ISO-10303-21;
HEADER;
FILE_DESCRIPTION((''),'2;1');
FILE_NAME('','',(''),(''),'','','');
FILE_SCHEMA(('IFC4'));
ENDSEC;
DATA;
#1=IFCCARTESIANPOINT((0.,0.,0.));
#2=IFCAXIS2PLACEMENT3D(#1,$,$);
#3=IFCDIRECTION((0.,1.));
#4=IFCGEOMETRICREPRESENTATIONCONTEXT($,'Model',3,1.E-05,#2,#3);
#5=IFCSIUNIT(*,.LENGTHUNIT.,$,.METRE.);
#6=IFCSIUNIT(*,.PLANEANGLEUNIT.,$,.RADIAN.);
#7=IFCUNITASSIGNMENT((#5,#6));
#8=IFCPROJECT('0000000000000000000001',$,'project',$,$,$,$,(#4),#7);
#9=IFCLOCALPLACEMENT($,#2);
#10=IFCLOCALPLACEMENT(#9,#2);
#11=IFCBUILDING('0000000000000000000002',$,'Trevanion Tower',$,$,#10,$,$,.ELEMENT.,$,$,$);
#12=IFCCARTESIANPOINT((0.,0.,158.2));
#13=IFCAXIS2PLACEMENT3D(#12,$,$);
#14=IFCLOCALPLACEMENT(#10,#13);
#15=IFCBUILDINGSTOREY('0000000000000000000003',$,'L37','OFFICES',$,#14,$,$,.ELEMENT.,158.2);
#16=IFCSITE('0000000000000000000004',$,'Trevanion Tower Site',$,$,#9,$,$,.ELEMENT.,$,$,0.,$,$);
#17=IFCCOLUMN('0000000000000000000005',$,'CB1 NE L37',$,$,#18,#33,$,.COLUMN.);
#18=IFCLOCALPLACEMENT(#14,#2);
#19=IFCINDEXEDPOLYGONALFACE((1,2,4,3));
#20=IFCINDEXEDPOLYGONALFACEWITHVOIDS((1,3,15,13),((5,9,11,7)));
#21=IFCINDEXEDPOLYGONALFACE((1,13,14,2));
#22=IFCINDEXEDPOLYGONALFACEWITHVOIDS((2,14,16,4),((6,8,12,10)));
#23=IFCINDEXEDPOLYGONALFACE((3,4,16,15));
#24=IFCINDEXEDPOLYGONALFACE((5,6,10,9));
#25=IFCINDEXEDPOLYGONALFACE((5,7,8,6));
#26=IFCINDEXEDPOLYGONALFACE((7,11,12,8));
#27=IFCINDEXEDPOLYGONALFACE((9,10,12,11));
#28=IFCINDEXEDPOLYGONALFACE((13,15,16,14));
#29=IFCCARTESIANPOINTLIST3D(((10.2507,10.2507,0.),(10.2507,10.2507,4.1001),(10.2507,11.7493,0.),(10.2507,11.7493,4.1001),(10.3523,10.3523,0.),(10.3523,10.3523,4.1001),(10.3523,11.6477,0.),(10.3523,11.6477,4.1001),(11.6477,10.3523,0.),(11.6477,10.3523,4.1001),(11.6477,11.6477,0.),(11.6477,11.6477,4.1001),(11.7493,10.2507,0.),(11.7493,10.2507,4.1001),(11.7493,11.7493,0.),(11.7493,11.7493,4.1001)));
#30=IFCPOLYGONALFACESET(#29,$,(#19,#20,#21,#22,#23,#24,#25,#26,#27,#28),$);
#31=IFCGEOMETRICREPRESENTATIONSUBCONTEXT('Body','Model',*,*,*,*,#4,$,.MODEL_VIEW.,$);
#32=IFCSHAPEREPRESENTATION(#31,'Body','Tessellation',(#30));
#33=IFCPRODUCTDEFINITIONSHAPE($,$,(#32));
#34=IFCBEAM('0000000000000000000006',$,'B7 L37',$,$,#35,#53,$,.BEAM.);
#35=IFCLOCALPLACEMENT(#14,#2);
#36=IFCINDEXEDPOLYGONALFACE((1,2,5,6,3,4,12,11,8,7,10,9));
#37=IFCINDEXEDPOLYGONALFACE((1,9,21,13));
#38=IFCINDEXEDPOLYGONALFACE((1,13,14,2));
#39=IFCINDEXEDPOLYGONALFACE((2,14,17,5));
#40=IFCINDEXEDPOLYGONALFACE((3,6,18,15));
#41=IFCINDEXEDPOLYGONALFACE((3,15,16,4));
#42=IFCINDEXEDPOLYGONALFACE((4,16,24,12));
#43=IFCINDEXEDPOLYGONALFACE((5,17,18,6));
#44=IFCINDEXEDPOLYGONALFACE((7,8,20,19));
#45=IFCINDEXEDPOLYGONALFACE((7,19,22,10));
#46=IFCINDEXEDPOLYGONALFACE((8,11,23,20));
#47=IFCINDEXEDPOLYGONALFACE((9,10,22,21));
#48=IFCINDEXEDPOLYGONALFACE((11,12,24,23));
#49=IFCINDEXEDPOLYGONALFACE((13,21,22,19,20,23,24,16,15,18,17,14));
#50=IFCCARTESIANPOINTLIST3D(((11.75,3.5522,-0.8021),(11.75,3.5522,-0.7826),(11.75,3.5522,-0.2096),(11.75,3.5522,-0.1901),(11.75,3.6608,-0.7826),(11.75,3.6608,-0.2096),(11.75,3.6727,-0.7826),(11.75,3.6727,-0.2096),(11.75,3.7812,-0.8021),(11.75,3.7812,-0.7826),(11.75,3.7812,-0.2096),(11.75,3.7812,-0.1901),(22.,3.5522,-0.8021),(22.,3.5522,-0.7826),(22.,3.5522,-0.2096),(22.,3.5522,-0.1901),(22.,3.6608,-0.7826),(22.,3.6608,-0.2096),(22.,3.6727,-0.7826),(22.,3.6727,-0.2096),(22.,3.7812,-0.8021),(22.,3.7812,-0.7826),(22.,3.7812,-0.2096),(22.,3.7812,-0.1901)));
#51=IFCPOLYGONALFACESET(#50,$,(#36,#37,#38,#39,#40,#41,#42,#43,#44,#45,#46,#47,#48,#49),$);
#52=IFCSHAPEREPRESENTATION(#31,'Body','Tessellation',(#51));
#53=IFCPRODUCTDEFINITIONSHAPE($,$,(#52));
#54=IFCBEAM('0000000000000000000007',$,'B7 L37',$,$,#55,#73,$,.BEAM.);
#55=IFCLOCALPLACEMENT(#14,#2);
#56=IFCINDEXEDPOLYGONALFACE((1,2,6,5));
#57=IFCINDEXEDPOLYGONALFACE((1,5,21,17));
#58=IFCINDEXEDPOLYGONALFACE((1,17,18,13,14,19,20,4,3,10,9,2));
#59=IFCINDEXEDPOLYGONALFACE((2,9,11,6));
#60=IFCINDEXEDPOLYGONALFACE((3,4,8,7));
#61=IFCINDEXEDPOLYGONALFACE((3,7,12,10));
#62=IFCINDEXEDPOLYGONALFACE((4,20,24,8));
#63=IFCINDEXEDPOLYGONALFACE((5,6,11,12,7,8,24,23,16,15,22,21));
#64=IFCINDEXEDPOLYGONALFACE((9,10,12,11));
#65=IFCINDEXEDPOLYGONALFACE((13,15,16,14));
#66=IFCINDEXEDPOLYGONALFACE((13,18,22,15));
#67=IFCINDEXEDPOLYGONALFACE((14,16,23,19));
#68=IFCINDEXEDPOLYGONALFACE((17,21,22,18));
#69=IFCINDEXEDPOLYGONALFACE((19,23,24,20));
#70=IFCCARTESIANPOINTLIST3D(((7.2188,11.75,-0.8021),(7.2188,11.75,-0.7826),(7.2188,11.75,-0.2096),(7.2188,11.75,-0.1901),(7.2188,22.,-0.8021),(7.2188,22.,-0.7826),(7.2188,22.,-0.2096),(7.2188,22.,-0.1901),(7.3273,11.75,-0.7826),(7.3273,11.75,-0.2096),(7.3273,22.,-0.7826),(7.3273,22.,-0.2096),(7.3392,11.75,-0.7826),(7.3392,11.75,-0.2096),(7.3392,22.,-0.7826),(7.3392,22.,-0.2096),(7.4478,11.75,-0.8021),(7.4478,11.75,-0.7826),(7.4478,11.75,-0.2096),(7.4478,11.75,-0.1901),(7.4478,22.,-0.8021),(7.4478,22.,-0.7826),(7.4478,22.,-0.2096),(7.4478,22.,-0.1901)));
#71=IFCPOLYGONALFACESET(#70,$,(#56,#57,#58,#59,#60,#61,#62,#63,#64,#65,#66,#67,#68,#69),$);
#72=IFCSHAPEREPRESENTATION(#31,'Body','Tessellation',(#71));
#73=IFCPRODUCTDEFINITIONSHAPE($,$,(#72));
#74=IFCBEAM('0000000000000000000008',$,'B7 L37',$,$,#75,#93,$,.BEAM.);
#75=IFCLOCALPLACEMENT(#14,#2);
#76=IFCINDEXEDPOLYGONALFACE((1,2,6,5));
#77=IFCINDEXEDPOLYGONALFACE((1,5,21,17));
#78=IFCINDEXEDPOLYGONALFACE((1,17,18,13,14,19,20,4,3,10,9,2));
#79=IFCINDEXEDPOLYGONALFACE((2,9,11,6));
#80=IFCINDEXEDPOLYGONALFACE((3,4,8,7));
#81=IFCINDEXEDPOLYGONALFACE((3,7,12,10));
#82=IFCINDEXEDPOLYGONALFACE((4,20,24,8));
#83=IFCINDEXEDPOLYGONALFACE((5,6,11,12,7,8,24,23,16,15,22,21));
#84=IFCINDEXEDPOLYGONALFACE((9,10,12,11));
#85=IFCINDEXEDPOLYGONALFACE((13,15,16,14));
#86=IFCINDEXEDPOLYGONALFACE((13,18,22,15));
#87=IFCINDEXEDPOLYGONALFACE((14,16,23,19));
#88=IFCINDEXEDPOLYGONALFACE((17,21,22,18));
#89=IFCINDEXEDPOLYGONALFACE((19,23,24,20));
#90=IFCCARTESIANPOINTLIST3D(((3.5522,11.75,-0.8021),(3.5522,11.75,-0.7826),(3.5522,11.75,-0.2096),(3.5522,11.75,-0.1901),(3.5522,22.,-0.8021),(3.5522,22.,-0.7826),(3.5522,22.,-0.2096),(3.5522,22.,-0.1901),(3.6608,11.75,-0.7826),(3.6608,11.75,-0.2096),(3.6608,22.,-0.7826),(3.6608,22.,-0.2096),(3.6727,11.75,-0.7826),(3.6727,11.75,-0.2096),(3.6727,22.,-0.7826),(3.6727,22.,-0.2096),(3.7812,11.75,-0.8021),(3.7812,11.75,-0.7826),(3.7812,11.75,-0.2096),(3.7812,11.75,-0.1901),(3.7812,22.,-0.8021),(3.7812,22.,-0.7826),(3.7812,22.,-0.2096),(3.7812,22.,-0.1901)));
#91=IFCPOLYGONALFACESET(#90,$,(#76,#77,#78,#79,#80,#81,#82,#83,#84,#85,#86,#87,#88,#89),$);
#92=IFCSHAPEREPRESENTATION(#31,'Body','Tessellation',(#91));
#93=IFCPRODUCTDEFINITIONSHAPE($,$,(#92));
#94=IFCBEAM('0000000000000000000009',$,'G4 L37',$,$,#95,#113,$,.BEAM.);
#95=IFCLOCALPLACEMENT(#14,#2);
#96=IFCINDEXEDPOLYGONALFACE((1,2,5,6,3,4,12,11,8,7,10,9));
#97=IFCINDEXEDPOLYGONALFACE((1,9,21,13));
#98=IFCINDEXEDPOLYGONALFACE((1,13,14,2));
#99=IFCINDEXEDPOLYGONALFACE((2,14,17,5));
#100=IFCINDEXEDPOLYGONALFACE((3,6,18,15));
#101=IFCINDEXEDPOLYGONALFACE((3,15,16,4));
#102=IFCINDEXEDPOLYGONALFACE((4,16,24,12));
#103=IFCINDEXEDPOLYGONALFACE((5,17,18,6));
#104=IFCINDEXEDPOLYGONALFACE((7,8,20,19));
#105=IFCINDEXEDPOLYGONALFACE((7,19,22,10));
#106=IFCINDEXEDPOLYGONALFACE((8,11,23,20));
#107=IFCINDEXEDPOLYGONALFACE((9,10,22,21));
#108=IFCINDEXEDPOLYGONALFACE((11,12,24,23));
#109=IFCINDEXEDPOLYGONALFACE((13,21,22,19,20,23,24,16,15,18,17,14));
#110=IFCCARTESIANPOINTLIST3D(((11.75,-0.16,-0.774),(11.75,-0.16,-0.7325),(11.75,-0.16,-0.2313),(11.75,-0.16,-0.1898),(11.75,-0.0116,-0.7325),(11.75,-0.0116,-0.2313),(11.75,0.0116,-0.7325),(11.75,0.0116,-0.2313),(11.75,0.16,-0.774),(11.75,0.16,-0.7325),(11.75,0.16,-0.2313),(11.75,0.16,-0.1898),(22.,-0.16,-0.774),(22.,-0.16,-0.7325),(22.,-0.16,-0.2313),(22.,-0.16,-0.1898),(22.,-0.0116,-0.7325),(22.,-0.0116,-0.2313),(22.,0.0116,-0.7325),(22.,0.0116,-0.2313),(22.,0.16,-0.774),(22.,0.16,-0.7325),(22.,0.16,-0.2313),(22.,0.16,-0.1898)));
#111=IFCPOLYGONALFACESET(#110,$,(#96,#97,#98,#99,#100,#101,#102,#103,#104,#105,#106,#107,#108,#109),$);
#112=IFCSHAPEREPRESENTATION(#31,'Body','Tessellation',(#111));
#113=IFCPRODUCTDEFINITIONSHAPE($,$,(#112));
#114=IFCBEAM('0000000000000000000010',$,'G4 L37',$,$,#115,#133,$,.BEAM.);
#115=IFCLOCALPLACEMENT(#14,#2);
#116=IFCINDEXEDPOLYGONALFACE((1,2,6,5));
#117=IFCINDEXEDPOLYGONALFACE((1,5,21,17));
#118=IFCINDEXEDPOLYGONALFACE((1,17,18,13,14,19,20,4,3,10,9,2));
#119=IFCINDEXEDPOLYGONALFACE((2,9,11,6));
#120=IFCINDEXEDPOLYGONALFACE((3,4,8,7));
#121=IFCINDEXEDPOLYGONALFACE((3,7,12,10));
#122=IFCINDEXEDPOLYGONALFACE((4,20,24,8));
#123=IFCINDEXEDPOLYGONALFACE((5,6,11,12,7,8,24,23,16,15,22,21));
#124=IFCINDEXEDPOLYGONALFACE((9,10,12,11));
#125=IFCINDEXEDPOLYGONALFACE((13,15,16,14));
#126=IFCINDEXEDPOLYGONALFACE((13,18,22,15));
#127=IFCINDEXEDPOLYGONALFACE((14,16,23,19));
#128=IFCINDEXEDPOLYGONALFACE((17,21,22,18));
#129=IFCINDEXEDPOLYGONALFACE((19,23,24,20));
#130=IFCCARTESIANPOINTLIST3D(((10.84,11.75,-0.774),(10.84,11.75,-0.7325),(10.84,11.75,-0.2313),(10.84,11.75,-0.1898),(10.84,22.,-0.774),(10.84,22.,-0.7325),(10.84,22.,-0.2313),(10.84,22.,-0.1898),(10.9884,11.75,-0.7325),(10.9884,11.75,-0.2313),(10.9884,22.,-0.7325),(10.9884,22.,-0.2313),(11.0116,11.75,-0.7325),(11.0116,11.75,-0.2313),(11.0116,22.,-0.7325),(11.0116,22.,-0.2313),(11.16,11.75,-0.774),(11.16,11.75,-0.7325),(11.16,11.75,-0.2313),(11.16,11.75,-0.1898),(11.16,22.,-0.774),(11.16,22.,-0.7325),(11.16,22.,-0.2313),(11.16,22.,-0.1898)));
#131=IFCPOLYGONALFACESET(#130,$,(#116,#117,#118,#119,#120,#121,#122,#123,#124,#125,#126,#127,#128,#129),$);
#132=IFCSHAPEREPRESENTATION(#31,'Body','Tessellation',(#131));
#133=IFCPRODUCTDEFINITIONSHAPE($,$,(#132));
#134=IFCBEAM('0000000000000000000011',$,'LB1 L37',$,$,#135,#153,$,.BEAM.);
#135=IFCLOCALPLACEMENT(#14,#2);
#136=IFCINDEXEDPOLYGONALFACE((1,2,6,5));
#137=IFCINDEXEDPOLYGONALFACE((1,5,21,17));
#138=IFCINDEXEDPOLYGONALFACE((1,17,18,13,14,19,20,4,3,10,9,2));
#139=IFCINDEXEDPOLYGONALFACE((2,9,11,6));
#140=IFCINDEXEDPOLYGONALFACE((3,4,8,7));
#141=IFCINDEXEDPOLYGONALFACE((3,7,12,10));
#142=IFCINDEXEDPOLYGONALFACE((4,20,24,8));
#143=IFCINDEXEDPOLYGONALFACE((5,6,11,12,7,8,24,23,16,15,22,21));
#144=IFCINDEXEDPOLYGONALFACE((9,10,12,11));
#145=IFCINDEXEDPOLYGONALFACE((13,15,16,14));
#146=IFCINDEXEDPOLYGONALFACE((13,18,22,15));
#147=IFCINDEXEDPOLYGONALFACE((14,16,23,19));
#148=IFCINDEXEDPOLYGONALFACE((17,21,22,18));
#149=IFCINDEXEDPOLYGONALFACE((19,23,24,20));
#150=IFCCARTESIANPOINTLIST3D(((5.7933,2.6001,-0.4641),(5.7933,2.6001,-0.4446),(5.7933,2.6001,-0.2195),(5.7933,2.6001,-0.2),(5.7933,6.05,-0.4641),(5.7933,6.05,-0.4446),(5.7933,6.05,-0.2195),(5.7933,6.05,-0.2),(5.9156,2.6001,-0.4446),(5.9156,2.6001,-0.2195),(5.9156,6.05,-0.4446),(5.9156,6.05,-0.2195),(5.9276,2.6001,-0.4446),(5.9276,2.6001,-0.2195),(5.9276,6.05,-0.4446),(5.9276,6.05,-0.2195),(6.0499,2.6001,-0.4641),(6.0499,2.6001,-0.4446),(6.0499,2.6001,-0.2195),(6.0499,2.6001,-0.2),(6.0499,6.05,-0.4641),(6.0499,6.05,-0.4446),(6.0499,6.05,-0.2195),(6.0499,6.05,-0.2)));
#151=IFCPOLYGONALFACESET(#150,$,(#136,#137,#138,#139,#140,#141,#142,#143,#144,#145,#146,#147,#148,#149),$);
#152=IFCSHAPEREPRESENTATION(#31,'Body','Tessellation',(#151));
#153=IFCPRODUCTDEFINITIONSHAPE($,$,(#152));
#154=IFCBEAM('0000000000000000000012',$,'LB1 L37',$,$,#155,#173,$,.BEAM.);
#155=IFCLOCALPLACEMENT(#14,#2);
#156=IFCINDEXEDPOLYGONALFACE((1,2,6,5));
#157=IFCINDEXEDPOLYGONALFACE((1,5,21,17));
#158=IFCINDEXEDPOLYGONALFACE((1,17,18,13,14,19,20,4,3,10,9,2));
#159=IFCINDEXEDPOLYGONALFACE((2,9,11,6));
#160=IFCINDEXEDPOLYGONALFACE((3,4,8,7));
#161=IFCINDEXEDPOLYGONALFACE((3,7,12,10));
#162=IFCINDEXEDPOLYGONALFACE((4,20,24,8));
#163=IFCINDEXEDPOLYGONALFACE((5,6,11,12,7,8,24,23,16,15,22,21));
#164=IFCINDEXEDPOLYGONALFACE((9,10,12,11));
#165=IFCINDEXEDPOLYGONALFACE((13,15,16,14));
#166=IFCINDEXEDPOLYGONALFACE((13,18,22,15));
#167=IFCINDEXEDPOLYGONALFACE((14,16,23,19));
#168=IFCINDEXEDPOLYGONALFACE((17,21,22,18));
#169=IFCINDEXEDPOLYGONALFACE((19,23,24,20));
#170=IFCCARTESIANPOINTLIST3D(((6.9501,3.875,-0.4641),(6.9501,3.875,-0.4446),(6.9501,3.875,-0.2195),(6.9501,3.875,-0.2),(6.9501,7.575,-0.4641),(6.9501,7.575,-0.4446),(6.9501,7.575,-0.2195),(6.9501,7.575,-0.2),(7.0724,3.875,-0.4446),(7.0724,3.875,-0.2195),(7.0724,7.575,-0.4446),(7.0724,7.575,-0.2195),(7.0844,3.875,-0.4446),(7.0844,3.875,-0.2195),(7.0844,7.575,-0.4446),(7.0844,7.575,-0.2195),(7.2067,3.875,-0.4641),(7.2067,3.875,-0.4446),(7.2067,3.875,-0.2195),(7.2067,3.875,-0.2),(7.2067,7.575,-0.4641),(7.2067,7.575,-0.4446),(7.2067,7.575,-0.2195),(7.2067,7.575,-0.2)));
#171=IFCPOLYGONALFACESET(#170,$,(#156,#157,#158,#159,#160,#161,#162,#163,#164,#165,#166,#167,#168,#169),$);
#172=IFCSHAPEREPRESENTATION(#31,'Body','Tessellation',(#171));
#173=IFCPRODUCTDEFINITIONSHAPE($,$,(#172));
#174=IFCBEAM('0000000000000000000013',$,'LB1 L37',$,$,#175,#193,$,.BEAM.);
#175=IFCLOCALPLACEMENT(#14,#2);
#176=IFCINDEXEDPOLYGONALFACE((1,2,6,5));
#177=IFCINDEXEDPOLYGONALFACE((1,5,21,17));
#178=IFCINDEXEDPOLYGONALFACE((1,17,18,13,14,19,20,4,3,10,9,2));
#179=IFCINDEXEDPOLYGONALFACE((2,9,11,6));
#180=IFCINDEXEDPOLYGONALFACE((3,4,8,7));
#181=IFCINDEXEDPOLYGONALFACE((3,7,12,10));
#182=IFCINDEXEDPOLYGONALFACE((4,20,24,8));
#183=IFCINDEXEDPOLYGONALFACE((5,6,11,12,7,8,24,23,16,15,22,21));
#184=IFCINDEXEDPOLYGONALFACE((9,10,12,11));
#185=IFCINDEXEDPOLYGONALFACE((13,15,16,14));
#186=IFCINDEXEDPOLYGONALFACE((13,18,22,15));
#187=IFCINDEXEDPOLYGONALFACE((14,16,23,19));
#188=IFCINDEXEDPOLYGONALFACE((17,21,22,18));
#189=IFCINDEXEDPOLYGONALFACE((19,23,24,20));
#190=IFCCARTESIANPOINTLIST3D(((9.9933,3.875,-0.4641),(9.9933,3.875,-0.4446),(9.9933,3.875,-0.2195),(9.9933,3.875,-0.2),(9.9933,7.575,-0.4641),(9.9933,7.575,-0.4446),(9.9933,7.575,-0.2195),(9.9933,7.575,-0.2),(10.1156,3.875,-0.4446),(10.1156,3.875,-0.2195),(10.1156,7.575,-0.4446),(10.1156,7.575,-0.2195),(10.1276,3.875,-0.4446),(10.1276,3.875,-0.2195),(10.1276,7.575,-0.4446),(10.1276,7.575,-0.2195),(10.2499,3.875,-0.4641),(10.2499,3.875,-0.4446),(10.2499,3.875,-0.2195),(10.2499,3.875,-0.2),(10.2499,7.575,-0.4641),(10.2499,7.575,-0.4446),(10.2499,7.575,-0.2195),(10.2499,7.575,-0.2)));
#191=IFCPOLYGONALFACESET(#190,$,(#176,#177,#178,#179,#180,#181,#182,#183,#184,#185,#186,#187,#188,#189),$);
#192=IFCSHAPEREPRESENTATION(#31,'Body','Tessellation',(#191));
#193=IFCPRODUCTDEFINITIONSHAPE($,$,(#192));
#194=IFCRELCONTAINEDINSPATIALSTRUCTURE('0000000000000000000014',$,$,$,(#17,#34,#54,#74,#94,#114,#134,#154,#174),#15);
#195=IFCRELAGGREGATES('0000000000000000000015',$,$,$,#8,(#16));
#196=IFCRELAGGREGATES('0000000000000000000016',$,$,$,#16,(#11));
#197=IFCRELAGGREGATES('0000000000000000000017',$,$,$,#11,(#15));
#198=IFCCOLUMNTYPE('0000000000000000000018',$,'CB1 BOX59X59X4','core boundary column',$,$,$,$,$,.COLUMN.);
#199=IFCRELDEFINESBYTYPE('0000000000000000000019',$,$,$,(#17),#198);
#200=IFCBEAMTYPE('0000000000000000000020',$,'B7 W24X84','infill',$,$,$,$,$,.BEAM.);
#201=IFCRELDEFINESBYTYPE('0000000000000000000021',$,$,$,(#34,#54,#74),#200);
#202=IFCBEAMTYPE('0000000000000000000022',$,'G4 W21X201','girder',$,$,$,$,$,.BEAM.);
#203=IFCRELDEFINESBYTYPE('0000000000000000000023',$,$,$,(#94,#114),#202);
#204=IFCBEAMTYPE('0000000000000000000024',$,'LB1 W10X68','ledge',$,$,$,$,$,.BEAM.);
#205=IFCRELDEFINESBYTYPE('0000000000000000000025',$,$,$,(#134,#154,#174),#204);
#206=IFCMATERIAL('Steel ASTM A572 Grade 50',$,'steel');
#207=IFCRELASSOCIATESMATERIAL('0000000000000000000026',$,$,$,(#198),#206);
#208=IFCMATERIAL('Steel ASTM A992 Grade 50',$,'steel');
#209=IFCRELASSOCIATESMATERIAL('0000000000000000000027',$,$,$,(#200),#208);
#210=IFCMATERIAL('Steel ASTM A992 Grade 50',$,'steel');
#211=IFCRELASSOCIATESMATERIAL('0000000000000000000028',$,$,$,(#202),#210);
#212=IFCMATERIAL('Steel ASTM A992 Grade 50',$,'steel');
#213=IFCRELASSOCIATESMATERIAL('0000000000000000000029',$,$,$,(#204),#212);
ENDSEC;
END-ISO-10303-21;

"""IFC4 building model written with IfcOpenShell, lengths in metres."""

from ifc_helpers import new_model, si_unit, direction, frame, origin, origin_2d, place, context, subcontext, project, spatial, hollow_rectangle, i_section, extrude, material, material_profile, profile_set, type_object, element, save


model = new_model("IFC4")

# Units and contexts
model_context = context("Model", 3, precision=1e-05, world=origin(), true_north=direction((0.0, 1.0)))
body_context = subcontext(model_context, "Body", "Model", "MODEL_VIEW")
ifc_project = project(units=[si_unit("LENGTHUNIT", "METRE"), si_unit("PLANEANGLEUNIT", "RADIAN")], contexts=[model_context])

# Site, building, storey
site_placement = place(None, origin())
site = spatial("IfcSite", under=ifc_project, at=site_placement, Name="Trevanion Tower Site", CompositionType="ELEMENT", RefElevation=0.0)
building_placement = place(site_placement, origin())
building = spatial("IfcBuilding", under=site, at=building_placement, Name="Trevanion Tower", CompositionType="ELEMENT")
storey_placement = place(building_placement, frame((0.0, 0.0, 158.2)))
storey = spatial("IfcBuildingStorey", under=building, at=storey_placement, Name="L37", Description="OFFICES", CompositionType="ELEMENT", Elevation=158.2)

# Column
ifc_material_1 = material(Name="Steel ASTM A572 Grade 50", Category="steel")
ifc_material_profile_1 = material_profile(ifc_material_1, hollow_rectangle(XDim=1.4985, YDim=1.4985, WallThickness=0.1016, at=origin_2d()), Name="BOX59X59X4")
ifc_profile_set_1 = profile_set([ifc_material_profile_1], Name="Steel ASTM A572 Grade 50")
column_type = type_object("IfcColumnType", Name="CB1 BOX59X59X4", Description="core boundary column", PredefinedType="COLUMN", material=ifc_profile_set_1)
column_placement = place(storey_placement, frame((11.0, 11.0, 0.0), z_axis=(0.0, 0.0, 1.0), x_axis=(1.0, 0.0, 0.0)))
element("IfcColumn", 1, at=column_placement, inside=storey, type_object=column_type, Name="CB1 NE L37", PredefinedType="COLUMN", context=body_context, shape_type="SweptSolid", body=[
    extrude(hollow_rectangle(XDim=1.4985, YDim=1.4985, WallThickness=0.1016, at=origin_2d()), origin(), (0.0, 0.0, 1.0), 4.1001),
])

# Beams
ifc_material_2 = material(Name="Steel ASTM A992 Grade 50", Category="steel")
ifc_material_profile_2 = material_profile(ifc_material_2, i_section(OverallWidth=0.229, OverallDepth=0.6121, WebThickness=0.012, FlangeThickness=0.0195, at=origin_2d()), Name="W24X84")
ifc_profile_set_2 = profile_set([ifc_material_profile_2], Name="Steel ASTM A992 Grade 50")
beam_type_1 = type_object("IfcBeamType", Name="B7 W24X84", Description="infill", PredefinedType="BEAM", material=ifc_profile_set_2)
for number, where, z_axis, x_axis, name in (
    (2, (11.75, 3.6667, -0.4961), (1.0, 0.0, 0.0), (0.0, 1.0, 0.0), "B7 L37"),
    (3, (7.3333, 11.75, -0.4961), (0.0, 1.0, 0.0), (-1.0, 0.0, 0.0), "B7 L37"),
    (4, (3.6667, 11.75, -0.4961), (0.0, 1.0, 0.0), (-1.0, 0.0, 0.0), "B7 L37"),
):
    element("IfcBeam", number, at=place(storey_placement, frame(where, z_axis=z_axis, x_axis=x_axis)), inside=storey, type_object=beam_type_1, Name=name, PredefinedType="BEAM", context=body_context, shape_type="SweptSolid", body=[
        extrude(i_section(OverallWidth=0.229, OverallDepth=0.6121, WebThickness=0.012, FlangeThickness=0.0195, at=origin_2d()), origin(), (0.0, 0.0, 1.0), 10.25),
    ])
ifc_material_3 = material(Name="Steel ASTM A992 Grade 50", Category="steel")
ifc_material_profile_3 = material_profile(ifc_material_3, i_section(OverallWidth=0.3201, OverallDepth=0.5842, WebThickness=0.0232, FlangeThickness=0.0415, at=origin_2d()), Name="W21X201")
ifc_profile_set_3 = profile_set([ifc_material_profile_3], Name="Steel ASTM A992 Grade 50")
beam_type_2 = type_object("IfcBeamType", Name="G4 W21X201", Description="girder", PredefinedType="BEAM", material=ifc_profile_set_3)
for number, where, z_axis, x_axis, name in (
    (5, (11.75, 0.0, -0.4819), (1.0, 0.0, 0.0), (0.0, 1.0, 0.0), "G4 L37"),
    (6, (11.0, 11.75, -0.4819), (0.0, 1.0, 0.0), (-1.0, 0.0, 0.0), "G4 L37"),
):
    element("IfcBeam", number, at=place(storey_placement, frame(where, z_axis=z_axis, x_axis=x_axis)), inside=storey, type_object=beam_type_2, Name=name, PredefinedType="BEAM", context=body_context, shape_type="SweptSolid", body=[
        extrude(i_section(OverallWidth=0.3201, OverallDepth=0.5842, WebThickness=0.0232, FlangeThickness=0.0415, at=origin_2d()), origin(), (0.0, 0.0, 1.0), 10.25),
    ])
ifc_material_4 = material(Name="Steel ASTM A992 Grade 50", Category="steel")
ifc_material_profile_4 = material_profile(ifc_material_4, i_section(OverallWidth=0.2566, OverallDepth=0.2642, WebThickness=0.012, FlangeThickness=0.0195, at=origin_2d()), Name="W10X68")
ifc_profile_set_4 = profile_set([ifc_material_profile_4], Name="Steel ASTM A992 Grade 50")
beam_type_3 = type_object("IfcBeamType", Name="LB1 W10X68", Description="ledge", PredefinedType="BEAM", material=ifc_profile_set_4)
beam_placement = place(storey_placement, frame((5.9216, 2.6001, -0.332), z_axis=(0.0, 1.0, 0.0), x_axis=(-1.0, 0.0, 0.0)))
element("IfcBeam", 7, at=beam_placement, inside=storey, type_object=beam_type_3, Name="LB1 L37", PredefinedType="BEAM", context=body_context, shape_type="SweptSolid", body=[
    extrude(i_section(OverallWidth=0.2566, OverallDepth=0.2642, WebThickness=0.012, FlangeThickness=0.0195, at=origin_2d()), origin(), (0.0, 0.0, 1.0), 3.45),
])
for number, where, z_axis, x_axis, name in (
    (8, (7.0784, 3.875, -0.332), (0.0, 1.0, 0.0), (-1.0, 0.0, 0.0), "LB1 L37"),
    (9, (10.1216, 3.875, -0.332), (0.0, 1.0, 0.0), (-1.0, 0.0, 0.0), "LB1 L37"),
):
    element("IfcBeam", number, at=place(storey_placement, frame(where, z_axis=z_axis, x_axis=x_axis)), inside=storey, type_object=beam_type_3, Name=name, PredefinedType="BEAM", context=body_context, shape_type="SweptSolid", body=[
        extrude(i_section(OverallWidth=0.2566, OverallDepth=0.2642, WebThickness=0.012, FlangeThickness=0.0195, at=origin_2d()), origin(), (0.0, 0.0, 1.0), 3.7),
    ])

save(model, "model.ifc")
